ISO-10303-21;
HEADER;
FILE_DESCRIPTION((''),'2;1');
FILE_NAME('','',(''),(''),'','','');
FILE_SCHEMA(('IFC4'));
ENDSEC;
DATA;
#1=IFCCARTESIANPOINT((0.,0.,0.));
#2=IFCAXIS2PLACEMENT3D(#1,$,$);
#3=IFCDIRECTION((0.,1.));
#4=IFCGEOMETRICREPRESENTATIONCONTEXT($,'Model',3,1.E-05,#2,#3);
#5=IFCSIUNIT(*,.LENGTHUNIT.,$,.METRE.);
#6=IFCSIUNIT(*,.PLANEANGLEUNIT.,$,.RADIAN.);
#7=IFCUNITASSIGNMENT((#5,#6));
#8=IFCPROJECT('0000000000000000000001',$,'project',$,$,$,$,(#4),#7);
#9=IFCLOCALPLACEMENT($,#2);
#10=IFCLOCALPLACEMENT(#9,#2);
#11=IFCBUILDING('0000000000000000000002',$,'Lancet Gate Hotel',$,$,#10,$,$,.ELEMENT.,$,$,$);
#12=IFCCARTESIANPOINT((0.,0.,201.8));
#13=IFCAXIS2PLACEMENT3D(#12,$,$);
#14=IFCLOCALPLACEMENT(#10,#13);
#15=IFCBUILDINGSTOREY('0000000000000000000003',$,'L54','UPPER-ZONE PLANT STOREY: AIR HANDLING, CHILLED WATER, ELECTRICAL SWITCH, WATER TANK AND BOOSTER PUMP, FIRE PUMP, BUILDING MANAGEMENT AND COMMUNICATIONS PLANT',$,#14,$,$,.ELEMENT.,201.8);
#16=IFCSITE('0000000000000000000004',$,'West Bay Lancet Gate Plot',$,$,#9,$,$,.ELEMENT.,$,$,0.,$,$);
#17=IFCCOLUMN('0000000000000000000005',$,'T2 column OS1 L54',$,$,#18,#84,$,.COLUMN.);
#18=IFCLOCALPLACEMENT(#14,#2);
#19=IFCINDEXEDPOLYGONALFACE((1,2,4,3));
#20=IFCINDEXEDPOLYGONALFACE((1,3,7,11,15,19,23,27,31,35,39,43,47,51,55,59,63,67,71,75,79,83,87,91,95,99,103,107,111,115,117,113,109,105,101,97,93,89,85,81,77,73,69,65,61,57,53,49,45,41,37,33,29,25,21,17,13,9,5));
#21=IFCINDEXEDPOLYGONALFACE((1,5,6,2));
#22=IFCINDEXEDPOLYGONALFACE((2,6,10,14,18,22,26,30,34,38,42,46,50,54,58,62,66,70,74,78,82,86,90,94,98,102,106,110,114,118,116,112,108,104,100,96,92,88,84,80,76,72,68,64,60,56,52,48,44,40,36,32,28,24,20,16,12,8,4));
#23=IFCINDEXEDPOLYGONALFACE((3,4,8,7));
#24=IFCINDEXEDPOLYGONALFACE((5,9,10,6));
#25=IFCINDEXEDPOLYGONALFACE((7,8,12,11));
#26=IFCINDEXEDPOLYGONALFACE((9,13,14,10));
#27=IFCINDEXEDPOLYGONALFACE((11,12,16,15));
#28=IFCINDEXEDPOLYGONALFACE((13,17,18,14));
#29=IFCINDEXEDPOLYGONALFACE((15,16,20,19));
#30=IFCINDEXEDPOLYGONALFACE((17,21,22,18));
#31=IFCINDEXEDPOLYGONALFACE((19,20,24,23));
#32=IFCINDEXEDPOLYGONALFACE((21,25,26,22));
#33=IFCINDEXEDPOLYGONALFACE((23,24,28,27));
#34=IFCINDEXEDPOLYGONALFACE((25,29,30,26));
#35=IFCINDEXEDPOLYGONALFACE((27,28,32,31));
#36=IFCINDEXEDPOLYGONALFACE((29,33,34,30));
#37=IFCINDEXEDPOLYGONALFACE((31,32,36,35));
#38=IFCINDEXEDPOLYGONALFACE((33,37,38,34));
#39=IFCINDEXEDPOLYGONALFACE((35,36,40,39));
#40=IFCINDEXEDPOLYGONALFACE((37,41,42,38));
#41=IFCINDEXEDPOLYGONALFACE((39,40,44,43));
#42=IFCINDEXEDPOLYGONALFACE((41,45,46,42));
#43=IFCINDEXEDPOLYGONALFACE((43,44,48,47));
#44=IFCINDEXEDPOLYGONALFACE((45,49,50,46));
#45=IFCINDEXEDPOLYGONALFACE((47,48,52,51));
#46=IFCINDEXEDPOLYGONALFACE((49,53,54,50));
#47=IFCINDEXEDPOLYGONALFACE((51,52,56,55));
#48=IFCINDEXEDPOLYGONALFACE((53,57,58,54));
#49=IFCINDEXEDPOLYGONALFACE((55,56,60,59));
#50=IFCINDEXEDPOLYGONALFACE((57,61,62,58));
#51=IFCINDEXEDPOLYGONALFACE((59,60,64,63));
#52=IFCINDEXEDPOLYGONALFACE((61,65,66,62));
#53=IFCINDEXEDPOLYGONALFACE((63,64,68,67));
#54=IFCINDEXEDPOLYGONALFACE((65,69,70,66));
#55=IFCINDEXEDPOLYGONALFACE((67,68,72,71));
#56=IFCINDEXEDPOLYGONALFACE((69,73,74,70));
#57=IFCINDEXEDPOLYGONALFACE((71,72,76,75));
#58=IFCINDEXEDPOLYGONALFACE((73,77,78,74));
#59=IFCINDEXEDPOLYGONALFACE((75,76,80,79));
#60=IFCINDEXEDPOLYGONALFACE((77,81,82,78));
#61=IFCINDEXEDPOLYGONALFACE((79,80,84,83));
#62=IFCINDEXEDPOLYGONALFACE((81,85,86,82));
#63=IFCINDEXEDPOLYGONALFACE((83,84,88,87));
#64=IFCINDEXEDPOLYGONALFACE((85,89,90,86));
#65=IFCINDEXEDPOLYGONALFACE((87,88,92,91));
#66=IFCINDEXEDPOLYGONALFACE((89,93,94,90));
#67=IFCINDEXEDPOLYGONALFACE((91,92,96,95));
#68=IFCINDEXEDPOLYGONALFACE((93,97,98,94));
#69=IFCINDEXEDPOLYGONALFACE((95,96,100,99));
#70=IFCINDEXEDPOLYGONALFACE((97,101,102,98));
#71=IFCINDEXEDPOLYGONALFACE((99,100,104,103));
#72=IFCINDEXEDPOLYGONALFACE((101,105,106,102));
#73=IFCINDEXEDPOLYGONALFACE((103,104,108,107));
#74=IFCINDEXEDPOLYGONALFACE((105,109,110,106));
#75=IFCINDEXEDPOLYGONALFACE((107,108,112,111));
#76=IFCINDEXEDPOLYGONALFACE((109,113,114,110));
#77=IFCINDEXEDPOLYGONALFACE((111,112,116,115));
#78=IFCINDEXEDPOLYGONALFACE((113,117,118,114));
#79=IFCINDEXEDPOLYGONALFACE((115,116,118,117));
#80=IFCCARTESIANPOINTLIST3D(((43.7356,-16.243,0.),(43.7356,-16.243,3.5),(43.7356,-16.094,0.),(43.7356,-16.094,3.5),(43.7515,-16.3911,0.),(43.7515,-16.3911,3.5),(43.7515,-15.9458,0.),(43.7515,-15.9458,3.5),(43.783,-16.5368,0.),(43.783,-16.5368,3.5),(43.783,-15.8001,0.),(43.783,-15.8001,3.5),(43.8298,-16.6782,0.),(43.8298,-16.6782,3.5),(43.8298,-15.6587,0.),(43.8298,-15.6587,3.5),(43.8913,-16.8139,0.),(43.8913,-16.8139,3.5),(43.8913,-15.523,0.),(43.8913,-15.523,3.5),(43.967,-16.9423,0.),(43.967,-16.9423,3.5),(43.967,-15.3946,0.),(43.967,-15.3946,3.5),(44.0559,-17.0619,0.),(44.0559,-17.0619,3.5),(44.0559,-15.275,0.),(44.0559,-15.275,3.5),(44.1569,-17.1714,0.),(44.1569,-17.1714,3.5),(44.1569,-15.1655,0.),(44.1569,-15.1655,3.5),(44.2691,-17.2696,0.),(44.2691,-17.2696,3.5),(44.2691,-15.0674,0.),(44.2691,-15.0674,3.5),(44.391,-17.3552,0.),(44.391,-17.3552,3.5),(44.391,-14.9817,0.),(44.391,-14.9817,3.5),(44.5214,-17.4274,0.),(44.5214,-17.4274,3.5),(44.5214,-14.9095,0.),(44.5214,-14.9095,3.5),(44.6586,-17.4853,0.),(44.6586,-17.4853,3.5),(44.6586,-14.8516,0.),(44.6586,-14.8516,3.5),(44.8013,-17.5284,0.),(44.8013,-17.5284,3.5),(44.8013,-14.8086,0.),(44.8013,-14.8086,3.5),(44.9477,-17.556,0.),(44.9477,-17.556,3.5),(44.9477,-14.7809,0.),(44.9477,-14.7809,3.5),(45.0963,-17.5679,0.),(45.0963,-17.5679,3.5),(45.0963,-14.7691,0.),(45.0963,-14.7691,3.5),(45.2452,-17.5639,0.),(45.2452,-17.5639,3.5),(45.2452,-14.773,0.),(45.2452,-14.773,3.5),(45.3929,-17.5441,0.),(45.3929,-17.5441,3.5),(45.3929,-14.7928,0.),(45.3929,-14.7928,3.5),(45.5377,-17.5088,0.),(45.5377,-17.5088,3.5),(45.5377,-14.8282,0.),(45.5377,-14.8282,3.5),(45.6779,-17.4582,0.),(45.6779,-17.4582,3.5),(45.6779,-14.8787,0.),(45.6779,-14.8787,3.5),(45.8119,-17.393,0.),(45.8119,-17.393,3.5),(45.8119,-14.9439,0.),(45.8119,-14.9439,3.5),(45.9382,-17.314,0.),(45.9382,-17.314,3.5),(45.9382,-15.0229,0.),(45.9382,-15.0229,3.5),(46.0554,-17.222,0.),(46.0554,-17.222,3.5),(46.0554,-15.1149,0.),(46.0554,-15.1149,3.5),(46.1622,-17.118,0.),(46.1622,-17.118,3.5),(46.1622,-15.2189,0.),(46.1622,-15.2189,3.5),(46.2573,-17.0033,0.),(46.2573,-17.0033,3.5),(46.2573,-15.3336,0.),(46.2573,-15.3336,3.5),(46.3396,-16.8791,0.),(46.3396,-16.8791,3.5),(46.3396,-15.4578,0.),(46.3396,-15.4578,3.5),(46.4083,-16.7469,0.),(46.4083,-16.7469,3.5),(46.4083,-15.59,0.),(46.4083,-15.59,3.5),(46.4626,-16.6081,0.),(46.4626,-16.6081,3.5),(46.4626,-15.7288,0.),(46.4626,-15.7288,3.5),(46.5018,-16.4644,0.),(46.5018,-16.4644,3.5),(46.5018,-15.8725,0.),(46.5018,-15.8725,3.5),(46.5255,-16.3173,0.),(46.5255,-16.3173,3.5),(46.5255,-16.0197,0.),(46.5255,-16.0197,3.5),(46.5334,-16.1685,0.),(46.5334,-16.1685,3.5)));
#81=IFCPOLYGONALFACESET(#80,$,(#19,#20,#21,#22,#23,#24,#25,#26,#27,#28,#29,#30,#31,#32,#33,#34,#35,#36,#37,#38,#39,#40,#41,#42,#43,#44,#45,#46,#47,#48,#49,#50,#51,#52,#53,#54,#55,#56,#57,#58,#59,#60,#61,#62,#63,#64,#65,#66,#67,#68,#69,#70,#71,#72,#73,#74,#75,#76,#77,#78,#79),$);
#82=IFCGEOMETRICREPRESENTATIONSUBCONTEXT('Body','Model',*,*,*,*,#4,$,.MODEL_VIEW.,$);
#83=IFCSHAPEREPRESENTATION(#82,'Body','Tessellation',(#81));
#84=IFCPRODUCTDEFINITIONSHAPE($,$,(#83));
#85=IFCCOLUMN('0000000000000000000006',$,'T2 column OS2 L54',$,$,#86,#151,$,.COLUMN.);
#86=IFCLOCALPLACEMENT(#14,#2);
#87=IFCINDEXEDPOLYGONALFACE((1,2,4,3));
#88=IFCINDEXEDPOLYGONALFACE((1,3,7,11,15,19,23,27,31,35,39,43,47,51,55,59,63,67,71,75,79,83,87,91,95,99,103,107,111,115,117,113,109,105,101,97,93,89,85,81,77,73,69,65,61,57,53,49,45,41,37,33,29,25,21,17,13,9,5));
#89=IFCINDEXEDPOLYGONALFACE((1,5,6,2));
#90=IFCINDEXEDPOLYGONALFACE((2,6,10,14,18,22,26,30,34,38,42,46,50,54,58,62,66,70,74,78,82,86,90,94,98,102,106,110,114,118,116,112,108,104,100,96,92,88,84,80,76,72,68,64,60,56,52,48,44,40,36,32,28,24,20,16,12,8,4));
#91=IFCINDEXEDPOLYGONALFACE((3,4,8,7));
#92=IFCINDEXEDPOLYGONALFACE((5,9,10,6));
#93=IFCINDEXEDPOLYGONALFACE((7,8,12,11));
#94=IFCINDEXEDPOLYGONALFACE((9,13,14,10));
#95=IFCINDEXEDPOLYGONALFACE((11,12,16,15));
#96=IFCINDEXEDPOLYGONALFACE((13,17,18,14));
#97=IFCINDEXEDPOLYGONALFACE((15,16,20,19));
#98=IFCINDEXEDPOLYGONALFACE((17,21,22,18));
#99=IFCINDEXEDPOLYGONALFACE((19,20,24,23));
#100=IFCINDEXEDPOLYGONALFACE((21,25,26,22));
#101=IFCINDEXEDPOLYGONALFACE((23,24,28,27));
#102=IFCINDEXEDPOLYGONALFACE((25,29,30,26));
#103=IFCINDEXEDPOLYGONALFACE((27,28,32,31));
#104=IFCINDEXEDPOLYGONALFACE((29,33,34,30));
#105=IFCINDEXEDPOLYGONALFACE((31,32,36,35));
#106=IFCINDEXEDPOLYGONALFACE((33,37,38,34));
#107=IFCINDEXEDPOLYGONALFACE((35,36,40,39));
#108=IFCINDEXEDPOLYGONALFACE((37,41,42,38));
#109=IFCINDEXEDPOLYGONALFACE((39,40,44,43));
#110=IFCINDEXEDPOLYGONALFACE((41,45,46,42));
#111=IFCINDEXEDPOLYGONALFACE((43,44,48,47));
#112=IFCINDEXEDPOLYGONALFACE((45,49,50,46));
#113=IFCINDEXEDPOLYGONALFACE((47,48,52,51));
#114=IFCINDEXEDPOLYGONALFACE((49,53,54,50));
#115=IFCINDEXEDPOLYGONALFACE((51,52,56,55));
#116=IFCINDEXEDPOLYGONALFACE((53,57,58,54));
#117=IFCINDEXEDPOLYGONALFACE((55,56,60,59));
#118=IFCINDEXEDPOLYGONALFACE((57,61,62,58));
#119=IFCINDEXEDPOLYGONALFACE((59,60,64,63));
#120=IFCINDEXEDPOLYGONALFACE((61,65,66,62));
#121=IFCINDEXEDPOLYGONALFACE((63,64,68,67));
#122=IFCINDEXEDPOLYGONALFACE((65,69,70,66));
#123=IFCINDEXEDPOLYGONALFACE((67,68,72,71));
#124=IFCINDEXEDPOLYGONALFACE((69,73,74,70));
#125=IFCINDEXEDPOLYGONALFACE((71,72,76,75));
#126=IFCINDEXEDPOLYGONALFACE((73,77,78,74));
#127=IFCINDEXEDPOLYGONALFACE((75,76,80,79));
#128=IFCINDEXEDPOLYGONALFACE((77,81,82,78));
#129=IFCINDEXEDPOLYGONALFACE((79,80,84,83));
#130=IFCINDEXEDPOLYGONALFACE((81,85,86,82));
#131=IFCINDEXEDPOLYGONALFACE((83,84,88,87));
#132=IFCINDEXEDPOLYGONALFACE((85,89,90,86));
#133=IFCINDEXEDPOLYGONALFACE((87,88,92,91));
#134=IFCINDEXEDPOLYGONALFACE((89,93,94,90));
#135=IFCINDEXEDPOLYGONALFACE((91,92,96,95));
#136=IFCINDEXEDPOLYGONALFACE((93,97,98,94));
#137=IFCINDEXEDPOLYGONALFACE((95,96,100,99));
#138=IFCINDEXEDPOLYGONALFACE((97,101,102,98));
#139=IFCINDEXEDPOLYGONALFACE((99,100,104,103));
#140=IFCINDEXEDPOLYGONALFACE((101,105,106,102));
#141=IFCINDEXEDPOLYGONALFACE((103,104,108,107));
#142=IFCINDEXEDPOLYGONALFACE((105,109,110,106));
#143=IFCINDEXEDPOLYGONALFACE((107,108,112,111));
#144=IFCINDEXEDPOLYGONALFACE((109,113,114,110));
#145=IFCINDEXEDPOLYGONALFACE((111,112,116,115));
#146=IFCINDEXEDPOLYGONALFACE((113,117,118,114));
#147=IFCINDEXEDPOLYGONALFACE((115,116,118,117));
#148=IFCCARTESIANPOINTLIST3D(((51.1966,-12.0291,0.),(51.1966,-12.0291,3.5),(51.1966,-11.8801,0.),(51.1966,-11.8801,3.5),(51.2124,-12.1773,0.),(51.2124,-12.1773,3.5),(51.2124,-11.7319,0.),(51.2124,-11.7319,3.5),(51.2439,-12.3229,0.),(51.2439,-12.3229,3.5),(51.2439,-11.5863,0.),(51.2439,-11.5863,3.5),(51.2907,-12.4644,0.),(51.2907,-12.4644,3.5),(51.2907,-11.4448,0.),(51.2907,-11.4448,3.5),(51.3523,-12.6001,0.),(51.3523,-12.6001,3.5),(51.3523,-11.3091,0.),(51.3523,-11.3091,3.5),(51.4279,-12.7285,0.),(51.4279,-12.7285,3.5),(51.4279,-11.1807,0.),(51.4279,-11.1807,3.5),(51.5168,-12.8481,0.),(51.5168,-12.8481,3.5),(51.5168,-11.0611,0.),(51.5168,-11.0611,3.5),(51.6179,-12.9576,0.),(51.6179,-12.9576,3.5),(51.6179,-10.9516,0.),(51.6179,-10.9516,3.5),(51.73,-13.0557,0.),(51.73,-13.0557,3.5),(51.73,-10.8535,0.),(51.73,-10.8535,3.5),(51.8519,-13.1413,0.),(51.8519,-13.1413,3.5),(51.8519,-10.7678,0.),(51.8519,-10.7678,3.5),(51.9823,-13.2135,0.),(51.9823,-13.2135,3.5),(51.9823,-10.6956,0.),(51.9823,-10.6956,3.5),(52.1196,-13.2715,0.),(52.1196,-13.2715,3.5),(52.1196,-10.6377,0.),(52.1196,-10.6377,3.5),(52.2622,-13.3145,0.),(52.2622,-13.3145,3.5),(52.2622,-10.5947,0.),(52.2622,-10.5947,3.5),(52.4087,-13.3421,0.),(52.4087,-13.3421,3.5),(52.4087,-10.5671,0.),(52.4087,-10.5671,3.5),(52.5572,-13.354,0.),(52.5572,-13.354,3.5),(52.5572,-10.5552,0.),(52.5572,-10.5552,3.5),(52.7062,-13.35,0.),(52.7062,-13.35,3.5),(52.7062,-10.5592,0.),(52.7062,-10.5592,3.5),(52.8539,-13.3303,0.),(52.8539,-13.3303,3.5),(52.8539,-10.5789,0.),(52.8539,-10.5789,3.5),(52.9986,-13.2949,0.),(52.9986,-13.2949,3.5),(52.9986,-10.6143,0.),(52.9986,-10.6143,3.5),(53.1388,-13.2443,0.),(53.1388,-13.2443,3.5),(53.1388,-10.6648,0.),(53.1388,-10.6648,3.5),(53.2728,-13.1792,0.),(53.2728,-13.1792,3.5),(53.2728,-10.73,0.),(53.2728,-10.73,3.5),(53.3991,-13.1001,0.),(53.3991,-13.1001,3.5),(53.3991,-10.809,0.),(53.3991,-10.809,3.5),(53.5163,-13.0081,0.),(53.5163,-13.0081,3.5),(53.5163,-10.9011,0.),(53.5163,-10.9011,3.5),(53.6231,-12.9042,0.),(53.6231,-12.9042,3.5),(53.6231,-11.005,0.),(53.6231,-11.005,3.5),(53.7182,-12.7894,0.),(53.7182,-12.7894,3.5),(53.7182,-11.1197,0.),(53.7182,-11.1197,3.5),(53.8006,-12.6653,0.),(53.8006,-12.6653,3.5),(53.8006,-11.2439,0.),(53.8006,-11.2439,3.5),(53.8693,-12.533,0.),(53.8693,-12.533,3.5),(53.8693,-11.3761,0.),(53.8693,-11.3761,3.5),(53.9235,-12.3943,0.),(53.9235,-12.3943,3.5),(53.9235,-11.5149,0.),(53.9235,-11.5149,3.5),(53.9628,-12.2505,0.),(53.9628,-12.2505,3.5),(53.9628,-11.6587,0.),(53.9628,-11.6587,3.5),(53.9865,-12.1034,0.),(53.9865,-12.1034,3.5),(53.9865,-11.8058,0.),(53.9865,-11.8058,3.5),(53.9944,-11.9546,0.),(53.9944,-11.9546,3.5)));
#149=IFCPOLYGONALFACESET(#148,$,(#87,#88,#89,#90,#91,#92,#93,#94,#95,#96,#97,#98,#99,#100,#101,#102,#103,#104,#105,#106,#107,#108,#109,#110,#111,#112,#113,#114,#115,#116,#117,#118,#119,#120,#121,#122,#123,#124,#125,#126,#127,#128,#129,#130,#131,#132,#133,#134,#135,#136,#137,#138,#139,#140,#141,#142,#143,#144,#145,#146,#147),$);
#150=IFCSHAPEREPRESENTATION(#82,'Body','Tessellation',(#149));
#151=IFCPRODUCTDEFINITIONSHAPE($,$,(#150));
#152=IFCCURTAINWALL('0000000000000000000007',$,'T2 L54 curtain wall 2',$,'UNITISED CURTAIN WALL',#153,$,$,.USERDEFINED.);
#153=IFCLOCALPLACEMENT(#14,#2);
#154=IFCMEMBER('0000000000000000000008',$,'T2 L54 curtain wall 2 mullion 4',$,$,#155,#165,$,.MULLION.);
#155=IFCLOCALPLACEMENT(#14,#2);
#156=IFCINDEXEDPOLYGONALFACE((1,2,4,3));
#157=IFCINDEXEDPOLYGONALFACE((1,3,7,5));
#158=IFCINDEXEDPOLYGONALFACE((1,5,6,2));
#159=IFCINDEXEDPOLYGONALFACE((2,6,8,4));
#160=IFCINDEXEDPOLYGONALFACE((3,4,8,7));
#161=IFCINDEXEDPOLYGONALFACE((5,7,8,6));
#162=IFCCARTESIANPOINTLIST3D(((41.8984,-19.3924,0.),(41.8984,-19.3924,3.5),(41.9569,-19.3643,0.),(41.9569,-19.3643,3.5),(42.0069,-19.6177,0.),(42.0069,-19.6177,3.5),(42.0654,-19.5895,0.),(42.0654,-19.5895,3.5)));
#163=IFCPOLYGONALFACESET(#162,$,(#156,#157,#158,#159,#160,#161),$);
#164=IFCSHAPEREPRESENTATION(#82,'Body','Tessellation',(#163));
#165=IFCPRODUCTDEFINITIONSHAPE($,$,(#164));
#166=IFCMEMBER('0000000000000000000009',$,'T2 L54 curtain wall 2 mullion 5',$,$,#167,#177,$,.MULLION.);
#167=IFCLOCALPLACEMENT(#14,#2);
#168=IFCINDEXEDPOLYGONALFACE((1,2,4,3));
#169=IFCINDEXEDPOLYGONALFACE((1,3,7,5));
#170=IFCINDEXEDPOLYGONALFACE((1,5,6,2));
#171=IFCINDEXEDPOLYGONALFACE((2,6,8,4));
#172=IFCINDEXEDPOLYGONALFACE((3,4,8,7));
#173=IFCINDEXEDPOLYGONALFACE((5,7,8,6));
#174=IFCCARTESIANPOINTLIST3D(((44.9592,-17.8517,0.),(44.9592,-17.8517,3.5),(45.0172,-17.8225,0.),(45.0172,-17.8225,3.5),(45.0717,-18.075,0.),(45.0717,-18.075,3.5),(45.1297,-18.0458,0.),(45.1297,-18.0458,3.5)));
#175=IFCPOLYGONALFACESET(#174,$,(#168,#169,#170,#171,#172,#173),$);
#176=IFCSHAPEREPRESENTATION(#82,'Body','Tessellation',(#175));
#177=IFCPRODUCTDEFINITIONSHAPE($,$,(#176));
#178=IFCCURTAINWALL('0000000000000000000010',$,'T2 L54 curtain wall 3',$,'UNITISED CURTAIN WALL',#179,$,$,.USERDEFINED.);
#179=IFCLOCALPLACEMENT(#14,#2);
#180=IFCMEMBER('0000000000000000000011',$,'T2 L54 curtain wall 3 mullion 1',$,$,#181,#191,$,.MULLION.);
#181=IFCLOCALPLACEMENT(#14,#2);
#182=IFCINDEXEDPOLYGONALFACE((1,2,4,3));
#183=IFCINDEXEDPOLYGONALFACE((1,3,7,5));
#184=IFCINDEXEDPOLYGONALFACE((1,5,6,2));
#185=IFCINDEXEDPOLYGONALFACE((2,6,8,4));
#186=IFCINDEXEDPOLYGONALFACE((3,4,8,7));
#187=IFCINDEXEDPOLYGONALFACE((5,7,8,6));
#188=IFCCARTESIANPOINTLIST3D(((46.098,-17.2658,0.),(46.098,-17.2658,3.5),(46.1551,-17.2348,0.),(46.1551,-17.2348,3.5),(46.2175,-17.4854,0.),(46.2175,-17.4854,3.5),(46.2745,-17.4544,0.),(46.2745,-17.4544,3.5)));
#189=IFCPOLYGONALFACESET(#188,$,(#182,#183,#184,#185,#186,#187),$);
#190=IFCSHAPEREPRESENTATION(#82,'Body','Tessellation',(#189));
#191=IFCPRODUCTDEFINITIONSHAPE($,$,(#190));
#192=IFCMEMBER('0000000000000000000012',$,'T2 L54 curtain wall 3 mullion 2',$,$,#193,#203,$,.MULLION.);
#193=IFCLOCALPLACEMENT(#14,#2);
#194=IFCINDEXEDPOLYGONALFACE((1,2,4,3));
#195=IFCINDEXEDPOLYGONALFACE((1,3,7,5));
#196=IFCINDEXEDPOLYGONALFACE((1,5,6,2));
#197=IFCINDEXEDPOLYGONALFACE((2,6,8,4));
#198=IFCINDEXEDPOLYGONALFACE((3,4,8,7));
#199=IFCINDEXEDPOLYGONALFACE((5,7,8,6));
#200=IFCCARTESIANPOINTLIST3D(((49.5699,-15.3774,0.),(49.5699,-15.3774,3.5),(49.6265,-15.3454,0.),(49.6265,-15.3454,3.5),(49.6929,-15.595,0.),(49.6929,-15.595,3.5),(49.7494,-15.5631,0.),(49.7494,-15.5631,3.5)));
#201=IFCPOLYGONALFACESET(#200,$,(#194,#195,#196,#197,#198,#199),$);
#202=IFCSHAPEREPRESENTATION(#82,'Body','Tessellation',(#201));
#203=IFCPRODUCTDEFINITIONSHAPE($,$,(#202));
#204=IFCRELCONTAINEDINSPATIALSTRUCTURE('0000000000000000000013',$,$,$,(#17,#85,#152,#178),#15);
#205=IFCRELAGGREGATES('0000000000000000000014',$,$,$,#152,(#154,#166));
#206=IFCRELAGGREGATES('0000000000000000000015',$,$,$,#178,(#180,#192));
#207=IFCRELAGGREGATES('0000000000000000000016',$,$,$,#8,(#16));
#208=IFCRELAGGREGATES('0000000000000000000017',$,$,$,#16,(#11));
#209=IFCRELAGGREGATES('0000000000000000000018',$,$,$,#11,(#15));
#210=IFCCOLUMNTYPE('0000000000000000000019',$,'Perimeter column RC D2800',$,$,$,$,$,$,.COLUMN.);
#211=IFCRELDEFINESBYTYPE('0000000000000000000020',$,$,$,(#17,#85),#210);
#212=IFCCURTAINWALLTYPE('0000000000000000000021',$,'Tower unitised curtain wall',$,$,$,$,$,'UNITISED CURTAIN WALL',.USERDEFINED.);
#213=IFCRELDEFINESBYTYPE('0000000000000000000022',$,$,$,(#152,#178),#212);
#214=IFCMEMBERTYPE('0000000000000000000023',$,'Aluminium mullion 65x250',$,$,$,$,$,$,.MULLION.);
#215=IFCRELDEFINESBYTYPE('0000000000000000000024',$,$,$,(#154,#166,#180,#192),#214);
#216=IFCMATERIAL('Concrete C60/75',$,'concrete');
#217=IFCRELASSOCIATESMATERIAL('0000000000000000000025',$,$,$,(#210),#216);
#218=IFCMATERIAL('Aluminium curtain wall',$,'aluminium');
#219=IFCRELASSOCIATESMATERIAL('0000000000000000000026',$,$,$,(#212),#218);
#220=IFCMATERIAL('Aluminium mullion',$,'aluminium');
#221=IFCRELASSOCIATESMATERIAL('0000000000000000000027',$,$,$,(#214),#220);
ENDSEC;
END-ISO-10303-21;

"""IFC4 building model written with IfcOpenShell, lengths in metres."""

from ifc_helpers import new_model, si_unit, direction, frame, origin, origin_2d, place, context, subcontext, project, spatial, rectangle, circle, extrude, material, material_profile, profile_set, type_object, element, aggregate, save


model = new_model("IFC4")

# Units and contexts
model_context = context("Model", 3, precision=1e-05, world=origin(), true_north=direction((0.0, 1.0)))
body_context = subcontext(model_context, "Body", "Model", "MODEL_VIEW")
ifc_project = project(units=[si_unit("LENGTHUNIT", "METRE"), si_unit("PLANEANGLEUNIT", "RADIAN")], contexts=[model_context])

# Site, building, storey
site_placement = place(None, origin())
site = spatial("IfcSite", under=ifc_project, at=site_placement, Name="West Bay Lancet Gate Plot", CompositionType="ELEMENT", RefElevation=0.0)
building_placement = place(site_placement, origin())
building = spatial("IfcBuilding", under=site, at=building_placement, Name="Lancet Gate Hotel", CompositionType="ELEMENT")
storey_placement = place(building_placement, frame((0.0, 0.0, 201.8)))
storey = spatial("IfcBuildingStorey", under=building, at=storey_placement, Name="L54", Description="UPPER-ZONE PLANT STOREY: AIR HANDLING, CHILLED WATER, ELECTRICAL SWITCH, WATER TANK AND BOOSTER PUMP, FIRE PUMP, BUILDING MANAGEMENT AND COMMUNICATIONS PLANT", CompositionType="ELEMENT", Elevation=201.8)

# Columns
ifc_material_1 = material(Name="Concrete C60/75", Category="concrete")
ifc_material_profile_1 = material_profile(ifc_material_1, circle(Radius=1.3999, at=origin_2d()), Name="RC D2800")
ifc_profile_set_1 = profile_set([ifc_material_profile_1], Name="Concrete C60/75")
column_type = type_object("IfcColumnType", Name="Perimeter column RC D2800", PredefinedType="COLUMN", material=ifc_profile_set_1)
for number, where, z_axis, x_axis, name in (
    (1, (45.1335, -16.1685, 0.0), (0.0, 0.0, 1.0), (1.0, 0.0, 0.0), "T2 column OS1 L54"),
    (2, (52.5945, -11.9546, 0.0), (0.0, 0.0, 1.0), (1.0, 0.0, 0.0), "T2 column OS2 L54"),
):
    element("IfcColumn", number, at=place(storey_placement, frame(where, z_axis=z_axis, x_axis=x_axis)), inside=storey, type_object=column_type, Name=name, PredefinedType="COLUMN", context=body_context, shape_type="SweptSolid", body=[
        extrude(circle(Radius=1.3999, at=origin_2d()), origin(), (0.0, 0.0, 1.0), 3.5),
    ])

# Curtain walls, members
ifc_material_2 = material(Name="Aluminium curtain wall", Category="aluminium")
curtain_wall_type = type_object("IfcCurtainWallType", Name="Tower unitised curtain wall", ElementType="UNITISED CURTAIN WALL", PredefinedType="USERDEFINED", material=ifc_material_2)
curtain_wall_1_placement = place(storey_placement, origin())
curtain_wall_1 = element("IfcCurtainWall", 3, at=curtain_wall_1_placement, inside=storey, type_object=curtain_wall_type, Name="T2 L54 curtain wall 2", ObjectType="UNITISED CURTAIN WALL", PredefinedType="USERDEFINED")
ifc_material_3 = material(Name="Aluminium mullion", Category="aluminium")
ifc_material_profile_2 = material_profile(ifc_material_3, rectangle(XDim=0.0649, YDim=0.25, at=origin_2d()), Name="MULLION 65x250")
ifc_profile_set_2 = profile_set([ifc_material_profile_2], Name="Aluminium mullion")
member_type_1 = type_object("IfcMemberType", Name="Aluminium mullion 65x250", PredefinedType="MULLION", material=ifc_profile_set_2)
member_1_placement = place(storey_placement, frame((41.9819, -19.491, 0.0), z_axis=(0.0, 0.0, 1.0), x_axis=(0.900945, 0.433933, 0.0)))
member_1 = element("IfcMember", 4, at=member_1_placement, type_object=member_type_1, Name="T2 L54 curtain wall 2 mullion 4", PredefinedType="MULLION", context=body_context, shape_type="SweptSolid", body=[
    extrude(rectangle(XDim=0.0649, YDim=0.25, at=origin_2d()), origin(), (0.0, 0.0, 1.0), 3.5),
])
member_2_placement = place(storey_placement, frame((45.0444, -17.9487, 0.0), z_axis=(0.0, 0.0, 1.0), x_axis=(0.893121, 0.449816, 0.0)))
member_2 = element("IfcMember", 5, at=member_2_placement, type_object=member_type_1, Name="T2 L54 curtain wall 2 mullion 5", PredefinedType="MULLION", context=body_context, shape_type="SweptSolid", body=[
    extrude(rectangle(XDim=0.0649, YDim=0.25, at=origin_2d()), origin(), (0.0, 0.0, 1.0), 3.5),
])
curtain_wall_2_placement = place(storey_placement, origin())
curtain_wall_2 = element("IfcCurtainWall", 6, at=curtain_wall_2_placement, inside=storey, type_object=curtain_wall_type, Name="T2 L54 curtain wall 3", ObjectType="UNITISED CURTAIN WALL", PredefinedType="USERDEFINED")
member_3_placement = place(storey_placement, frame((46.1863, -17.3601, 0.0), z_axis=(0.0, 0.0, 1.0), x_axis=(0.87841, 0.477908, 0.0)))
member_3 = element("IfcMember", 7, at=member_3_placement, type_object=member_type_1, Name="T2 L54 curtain wall 3 mullion 1", PredefinedType="MULLION", context=body_context, shape_type="SweptSolid", body=[
    extrude(rectangle(XDim=0.0649, YDim=0.25, at=origin_2d()), origin(), (0.0, 0.0, 1.0), 3.5),
])
member_4_placement = place(storey_placement, frame((49.6597, -15.4702, 0.0), z_axis=(0.0, 0.0, 1.0), x_axis=(0.870672, 0.491863, 0.0)))
member_4 = element("IfcMember", 8, at=member_4_placement, type_object=member_type_1, Name="T2 L54 curtain wall 3 mullion 2", PredefinedType="MULLION", context=body_context, shape_type="SweptSolid", body=[
    extrude(rectangle(XDim=0.0649, YDim=0.25, at=origin_2d()), origin(), (0.0, 0.0, 1.0), 3.5),
])

aggregate(curtain_wall_1, [member_1, member_2])
aggregate(curtain_wall_2, [member_3, member_4])

save(model, "model.ifc")
